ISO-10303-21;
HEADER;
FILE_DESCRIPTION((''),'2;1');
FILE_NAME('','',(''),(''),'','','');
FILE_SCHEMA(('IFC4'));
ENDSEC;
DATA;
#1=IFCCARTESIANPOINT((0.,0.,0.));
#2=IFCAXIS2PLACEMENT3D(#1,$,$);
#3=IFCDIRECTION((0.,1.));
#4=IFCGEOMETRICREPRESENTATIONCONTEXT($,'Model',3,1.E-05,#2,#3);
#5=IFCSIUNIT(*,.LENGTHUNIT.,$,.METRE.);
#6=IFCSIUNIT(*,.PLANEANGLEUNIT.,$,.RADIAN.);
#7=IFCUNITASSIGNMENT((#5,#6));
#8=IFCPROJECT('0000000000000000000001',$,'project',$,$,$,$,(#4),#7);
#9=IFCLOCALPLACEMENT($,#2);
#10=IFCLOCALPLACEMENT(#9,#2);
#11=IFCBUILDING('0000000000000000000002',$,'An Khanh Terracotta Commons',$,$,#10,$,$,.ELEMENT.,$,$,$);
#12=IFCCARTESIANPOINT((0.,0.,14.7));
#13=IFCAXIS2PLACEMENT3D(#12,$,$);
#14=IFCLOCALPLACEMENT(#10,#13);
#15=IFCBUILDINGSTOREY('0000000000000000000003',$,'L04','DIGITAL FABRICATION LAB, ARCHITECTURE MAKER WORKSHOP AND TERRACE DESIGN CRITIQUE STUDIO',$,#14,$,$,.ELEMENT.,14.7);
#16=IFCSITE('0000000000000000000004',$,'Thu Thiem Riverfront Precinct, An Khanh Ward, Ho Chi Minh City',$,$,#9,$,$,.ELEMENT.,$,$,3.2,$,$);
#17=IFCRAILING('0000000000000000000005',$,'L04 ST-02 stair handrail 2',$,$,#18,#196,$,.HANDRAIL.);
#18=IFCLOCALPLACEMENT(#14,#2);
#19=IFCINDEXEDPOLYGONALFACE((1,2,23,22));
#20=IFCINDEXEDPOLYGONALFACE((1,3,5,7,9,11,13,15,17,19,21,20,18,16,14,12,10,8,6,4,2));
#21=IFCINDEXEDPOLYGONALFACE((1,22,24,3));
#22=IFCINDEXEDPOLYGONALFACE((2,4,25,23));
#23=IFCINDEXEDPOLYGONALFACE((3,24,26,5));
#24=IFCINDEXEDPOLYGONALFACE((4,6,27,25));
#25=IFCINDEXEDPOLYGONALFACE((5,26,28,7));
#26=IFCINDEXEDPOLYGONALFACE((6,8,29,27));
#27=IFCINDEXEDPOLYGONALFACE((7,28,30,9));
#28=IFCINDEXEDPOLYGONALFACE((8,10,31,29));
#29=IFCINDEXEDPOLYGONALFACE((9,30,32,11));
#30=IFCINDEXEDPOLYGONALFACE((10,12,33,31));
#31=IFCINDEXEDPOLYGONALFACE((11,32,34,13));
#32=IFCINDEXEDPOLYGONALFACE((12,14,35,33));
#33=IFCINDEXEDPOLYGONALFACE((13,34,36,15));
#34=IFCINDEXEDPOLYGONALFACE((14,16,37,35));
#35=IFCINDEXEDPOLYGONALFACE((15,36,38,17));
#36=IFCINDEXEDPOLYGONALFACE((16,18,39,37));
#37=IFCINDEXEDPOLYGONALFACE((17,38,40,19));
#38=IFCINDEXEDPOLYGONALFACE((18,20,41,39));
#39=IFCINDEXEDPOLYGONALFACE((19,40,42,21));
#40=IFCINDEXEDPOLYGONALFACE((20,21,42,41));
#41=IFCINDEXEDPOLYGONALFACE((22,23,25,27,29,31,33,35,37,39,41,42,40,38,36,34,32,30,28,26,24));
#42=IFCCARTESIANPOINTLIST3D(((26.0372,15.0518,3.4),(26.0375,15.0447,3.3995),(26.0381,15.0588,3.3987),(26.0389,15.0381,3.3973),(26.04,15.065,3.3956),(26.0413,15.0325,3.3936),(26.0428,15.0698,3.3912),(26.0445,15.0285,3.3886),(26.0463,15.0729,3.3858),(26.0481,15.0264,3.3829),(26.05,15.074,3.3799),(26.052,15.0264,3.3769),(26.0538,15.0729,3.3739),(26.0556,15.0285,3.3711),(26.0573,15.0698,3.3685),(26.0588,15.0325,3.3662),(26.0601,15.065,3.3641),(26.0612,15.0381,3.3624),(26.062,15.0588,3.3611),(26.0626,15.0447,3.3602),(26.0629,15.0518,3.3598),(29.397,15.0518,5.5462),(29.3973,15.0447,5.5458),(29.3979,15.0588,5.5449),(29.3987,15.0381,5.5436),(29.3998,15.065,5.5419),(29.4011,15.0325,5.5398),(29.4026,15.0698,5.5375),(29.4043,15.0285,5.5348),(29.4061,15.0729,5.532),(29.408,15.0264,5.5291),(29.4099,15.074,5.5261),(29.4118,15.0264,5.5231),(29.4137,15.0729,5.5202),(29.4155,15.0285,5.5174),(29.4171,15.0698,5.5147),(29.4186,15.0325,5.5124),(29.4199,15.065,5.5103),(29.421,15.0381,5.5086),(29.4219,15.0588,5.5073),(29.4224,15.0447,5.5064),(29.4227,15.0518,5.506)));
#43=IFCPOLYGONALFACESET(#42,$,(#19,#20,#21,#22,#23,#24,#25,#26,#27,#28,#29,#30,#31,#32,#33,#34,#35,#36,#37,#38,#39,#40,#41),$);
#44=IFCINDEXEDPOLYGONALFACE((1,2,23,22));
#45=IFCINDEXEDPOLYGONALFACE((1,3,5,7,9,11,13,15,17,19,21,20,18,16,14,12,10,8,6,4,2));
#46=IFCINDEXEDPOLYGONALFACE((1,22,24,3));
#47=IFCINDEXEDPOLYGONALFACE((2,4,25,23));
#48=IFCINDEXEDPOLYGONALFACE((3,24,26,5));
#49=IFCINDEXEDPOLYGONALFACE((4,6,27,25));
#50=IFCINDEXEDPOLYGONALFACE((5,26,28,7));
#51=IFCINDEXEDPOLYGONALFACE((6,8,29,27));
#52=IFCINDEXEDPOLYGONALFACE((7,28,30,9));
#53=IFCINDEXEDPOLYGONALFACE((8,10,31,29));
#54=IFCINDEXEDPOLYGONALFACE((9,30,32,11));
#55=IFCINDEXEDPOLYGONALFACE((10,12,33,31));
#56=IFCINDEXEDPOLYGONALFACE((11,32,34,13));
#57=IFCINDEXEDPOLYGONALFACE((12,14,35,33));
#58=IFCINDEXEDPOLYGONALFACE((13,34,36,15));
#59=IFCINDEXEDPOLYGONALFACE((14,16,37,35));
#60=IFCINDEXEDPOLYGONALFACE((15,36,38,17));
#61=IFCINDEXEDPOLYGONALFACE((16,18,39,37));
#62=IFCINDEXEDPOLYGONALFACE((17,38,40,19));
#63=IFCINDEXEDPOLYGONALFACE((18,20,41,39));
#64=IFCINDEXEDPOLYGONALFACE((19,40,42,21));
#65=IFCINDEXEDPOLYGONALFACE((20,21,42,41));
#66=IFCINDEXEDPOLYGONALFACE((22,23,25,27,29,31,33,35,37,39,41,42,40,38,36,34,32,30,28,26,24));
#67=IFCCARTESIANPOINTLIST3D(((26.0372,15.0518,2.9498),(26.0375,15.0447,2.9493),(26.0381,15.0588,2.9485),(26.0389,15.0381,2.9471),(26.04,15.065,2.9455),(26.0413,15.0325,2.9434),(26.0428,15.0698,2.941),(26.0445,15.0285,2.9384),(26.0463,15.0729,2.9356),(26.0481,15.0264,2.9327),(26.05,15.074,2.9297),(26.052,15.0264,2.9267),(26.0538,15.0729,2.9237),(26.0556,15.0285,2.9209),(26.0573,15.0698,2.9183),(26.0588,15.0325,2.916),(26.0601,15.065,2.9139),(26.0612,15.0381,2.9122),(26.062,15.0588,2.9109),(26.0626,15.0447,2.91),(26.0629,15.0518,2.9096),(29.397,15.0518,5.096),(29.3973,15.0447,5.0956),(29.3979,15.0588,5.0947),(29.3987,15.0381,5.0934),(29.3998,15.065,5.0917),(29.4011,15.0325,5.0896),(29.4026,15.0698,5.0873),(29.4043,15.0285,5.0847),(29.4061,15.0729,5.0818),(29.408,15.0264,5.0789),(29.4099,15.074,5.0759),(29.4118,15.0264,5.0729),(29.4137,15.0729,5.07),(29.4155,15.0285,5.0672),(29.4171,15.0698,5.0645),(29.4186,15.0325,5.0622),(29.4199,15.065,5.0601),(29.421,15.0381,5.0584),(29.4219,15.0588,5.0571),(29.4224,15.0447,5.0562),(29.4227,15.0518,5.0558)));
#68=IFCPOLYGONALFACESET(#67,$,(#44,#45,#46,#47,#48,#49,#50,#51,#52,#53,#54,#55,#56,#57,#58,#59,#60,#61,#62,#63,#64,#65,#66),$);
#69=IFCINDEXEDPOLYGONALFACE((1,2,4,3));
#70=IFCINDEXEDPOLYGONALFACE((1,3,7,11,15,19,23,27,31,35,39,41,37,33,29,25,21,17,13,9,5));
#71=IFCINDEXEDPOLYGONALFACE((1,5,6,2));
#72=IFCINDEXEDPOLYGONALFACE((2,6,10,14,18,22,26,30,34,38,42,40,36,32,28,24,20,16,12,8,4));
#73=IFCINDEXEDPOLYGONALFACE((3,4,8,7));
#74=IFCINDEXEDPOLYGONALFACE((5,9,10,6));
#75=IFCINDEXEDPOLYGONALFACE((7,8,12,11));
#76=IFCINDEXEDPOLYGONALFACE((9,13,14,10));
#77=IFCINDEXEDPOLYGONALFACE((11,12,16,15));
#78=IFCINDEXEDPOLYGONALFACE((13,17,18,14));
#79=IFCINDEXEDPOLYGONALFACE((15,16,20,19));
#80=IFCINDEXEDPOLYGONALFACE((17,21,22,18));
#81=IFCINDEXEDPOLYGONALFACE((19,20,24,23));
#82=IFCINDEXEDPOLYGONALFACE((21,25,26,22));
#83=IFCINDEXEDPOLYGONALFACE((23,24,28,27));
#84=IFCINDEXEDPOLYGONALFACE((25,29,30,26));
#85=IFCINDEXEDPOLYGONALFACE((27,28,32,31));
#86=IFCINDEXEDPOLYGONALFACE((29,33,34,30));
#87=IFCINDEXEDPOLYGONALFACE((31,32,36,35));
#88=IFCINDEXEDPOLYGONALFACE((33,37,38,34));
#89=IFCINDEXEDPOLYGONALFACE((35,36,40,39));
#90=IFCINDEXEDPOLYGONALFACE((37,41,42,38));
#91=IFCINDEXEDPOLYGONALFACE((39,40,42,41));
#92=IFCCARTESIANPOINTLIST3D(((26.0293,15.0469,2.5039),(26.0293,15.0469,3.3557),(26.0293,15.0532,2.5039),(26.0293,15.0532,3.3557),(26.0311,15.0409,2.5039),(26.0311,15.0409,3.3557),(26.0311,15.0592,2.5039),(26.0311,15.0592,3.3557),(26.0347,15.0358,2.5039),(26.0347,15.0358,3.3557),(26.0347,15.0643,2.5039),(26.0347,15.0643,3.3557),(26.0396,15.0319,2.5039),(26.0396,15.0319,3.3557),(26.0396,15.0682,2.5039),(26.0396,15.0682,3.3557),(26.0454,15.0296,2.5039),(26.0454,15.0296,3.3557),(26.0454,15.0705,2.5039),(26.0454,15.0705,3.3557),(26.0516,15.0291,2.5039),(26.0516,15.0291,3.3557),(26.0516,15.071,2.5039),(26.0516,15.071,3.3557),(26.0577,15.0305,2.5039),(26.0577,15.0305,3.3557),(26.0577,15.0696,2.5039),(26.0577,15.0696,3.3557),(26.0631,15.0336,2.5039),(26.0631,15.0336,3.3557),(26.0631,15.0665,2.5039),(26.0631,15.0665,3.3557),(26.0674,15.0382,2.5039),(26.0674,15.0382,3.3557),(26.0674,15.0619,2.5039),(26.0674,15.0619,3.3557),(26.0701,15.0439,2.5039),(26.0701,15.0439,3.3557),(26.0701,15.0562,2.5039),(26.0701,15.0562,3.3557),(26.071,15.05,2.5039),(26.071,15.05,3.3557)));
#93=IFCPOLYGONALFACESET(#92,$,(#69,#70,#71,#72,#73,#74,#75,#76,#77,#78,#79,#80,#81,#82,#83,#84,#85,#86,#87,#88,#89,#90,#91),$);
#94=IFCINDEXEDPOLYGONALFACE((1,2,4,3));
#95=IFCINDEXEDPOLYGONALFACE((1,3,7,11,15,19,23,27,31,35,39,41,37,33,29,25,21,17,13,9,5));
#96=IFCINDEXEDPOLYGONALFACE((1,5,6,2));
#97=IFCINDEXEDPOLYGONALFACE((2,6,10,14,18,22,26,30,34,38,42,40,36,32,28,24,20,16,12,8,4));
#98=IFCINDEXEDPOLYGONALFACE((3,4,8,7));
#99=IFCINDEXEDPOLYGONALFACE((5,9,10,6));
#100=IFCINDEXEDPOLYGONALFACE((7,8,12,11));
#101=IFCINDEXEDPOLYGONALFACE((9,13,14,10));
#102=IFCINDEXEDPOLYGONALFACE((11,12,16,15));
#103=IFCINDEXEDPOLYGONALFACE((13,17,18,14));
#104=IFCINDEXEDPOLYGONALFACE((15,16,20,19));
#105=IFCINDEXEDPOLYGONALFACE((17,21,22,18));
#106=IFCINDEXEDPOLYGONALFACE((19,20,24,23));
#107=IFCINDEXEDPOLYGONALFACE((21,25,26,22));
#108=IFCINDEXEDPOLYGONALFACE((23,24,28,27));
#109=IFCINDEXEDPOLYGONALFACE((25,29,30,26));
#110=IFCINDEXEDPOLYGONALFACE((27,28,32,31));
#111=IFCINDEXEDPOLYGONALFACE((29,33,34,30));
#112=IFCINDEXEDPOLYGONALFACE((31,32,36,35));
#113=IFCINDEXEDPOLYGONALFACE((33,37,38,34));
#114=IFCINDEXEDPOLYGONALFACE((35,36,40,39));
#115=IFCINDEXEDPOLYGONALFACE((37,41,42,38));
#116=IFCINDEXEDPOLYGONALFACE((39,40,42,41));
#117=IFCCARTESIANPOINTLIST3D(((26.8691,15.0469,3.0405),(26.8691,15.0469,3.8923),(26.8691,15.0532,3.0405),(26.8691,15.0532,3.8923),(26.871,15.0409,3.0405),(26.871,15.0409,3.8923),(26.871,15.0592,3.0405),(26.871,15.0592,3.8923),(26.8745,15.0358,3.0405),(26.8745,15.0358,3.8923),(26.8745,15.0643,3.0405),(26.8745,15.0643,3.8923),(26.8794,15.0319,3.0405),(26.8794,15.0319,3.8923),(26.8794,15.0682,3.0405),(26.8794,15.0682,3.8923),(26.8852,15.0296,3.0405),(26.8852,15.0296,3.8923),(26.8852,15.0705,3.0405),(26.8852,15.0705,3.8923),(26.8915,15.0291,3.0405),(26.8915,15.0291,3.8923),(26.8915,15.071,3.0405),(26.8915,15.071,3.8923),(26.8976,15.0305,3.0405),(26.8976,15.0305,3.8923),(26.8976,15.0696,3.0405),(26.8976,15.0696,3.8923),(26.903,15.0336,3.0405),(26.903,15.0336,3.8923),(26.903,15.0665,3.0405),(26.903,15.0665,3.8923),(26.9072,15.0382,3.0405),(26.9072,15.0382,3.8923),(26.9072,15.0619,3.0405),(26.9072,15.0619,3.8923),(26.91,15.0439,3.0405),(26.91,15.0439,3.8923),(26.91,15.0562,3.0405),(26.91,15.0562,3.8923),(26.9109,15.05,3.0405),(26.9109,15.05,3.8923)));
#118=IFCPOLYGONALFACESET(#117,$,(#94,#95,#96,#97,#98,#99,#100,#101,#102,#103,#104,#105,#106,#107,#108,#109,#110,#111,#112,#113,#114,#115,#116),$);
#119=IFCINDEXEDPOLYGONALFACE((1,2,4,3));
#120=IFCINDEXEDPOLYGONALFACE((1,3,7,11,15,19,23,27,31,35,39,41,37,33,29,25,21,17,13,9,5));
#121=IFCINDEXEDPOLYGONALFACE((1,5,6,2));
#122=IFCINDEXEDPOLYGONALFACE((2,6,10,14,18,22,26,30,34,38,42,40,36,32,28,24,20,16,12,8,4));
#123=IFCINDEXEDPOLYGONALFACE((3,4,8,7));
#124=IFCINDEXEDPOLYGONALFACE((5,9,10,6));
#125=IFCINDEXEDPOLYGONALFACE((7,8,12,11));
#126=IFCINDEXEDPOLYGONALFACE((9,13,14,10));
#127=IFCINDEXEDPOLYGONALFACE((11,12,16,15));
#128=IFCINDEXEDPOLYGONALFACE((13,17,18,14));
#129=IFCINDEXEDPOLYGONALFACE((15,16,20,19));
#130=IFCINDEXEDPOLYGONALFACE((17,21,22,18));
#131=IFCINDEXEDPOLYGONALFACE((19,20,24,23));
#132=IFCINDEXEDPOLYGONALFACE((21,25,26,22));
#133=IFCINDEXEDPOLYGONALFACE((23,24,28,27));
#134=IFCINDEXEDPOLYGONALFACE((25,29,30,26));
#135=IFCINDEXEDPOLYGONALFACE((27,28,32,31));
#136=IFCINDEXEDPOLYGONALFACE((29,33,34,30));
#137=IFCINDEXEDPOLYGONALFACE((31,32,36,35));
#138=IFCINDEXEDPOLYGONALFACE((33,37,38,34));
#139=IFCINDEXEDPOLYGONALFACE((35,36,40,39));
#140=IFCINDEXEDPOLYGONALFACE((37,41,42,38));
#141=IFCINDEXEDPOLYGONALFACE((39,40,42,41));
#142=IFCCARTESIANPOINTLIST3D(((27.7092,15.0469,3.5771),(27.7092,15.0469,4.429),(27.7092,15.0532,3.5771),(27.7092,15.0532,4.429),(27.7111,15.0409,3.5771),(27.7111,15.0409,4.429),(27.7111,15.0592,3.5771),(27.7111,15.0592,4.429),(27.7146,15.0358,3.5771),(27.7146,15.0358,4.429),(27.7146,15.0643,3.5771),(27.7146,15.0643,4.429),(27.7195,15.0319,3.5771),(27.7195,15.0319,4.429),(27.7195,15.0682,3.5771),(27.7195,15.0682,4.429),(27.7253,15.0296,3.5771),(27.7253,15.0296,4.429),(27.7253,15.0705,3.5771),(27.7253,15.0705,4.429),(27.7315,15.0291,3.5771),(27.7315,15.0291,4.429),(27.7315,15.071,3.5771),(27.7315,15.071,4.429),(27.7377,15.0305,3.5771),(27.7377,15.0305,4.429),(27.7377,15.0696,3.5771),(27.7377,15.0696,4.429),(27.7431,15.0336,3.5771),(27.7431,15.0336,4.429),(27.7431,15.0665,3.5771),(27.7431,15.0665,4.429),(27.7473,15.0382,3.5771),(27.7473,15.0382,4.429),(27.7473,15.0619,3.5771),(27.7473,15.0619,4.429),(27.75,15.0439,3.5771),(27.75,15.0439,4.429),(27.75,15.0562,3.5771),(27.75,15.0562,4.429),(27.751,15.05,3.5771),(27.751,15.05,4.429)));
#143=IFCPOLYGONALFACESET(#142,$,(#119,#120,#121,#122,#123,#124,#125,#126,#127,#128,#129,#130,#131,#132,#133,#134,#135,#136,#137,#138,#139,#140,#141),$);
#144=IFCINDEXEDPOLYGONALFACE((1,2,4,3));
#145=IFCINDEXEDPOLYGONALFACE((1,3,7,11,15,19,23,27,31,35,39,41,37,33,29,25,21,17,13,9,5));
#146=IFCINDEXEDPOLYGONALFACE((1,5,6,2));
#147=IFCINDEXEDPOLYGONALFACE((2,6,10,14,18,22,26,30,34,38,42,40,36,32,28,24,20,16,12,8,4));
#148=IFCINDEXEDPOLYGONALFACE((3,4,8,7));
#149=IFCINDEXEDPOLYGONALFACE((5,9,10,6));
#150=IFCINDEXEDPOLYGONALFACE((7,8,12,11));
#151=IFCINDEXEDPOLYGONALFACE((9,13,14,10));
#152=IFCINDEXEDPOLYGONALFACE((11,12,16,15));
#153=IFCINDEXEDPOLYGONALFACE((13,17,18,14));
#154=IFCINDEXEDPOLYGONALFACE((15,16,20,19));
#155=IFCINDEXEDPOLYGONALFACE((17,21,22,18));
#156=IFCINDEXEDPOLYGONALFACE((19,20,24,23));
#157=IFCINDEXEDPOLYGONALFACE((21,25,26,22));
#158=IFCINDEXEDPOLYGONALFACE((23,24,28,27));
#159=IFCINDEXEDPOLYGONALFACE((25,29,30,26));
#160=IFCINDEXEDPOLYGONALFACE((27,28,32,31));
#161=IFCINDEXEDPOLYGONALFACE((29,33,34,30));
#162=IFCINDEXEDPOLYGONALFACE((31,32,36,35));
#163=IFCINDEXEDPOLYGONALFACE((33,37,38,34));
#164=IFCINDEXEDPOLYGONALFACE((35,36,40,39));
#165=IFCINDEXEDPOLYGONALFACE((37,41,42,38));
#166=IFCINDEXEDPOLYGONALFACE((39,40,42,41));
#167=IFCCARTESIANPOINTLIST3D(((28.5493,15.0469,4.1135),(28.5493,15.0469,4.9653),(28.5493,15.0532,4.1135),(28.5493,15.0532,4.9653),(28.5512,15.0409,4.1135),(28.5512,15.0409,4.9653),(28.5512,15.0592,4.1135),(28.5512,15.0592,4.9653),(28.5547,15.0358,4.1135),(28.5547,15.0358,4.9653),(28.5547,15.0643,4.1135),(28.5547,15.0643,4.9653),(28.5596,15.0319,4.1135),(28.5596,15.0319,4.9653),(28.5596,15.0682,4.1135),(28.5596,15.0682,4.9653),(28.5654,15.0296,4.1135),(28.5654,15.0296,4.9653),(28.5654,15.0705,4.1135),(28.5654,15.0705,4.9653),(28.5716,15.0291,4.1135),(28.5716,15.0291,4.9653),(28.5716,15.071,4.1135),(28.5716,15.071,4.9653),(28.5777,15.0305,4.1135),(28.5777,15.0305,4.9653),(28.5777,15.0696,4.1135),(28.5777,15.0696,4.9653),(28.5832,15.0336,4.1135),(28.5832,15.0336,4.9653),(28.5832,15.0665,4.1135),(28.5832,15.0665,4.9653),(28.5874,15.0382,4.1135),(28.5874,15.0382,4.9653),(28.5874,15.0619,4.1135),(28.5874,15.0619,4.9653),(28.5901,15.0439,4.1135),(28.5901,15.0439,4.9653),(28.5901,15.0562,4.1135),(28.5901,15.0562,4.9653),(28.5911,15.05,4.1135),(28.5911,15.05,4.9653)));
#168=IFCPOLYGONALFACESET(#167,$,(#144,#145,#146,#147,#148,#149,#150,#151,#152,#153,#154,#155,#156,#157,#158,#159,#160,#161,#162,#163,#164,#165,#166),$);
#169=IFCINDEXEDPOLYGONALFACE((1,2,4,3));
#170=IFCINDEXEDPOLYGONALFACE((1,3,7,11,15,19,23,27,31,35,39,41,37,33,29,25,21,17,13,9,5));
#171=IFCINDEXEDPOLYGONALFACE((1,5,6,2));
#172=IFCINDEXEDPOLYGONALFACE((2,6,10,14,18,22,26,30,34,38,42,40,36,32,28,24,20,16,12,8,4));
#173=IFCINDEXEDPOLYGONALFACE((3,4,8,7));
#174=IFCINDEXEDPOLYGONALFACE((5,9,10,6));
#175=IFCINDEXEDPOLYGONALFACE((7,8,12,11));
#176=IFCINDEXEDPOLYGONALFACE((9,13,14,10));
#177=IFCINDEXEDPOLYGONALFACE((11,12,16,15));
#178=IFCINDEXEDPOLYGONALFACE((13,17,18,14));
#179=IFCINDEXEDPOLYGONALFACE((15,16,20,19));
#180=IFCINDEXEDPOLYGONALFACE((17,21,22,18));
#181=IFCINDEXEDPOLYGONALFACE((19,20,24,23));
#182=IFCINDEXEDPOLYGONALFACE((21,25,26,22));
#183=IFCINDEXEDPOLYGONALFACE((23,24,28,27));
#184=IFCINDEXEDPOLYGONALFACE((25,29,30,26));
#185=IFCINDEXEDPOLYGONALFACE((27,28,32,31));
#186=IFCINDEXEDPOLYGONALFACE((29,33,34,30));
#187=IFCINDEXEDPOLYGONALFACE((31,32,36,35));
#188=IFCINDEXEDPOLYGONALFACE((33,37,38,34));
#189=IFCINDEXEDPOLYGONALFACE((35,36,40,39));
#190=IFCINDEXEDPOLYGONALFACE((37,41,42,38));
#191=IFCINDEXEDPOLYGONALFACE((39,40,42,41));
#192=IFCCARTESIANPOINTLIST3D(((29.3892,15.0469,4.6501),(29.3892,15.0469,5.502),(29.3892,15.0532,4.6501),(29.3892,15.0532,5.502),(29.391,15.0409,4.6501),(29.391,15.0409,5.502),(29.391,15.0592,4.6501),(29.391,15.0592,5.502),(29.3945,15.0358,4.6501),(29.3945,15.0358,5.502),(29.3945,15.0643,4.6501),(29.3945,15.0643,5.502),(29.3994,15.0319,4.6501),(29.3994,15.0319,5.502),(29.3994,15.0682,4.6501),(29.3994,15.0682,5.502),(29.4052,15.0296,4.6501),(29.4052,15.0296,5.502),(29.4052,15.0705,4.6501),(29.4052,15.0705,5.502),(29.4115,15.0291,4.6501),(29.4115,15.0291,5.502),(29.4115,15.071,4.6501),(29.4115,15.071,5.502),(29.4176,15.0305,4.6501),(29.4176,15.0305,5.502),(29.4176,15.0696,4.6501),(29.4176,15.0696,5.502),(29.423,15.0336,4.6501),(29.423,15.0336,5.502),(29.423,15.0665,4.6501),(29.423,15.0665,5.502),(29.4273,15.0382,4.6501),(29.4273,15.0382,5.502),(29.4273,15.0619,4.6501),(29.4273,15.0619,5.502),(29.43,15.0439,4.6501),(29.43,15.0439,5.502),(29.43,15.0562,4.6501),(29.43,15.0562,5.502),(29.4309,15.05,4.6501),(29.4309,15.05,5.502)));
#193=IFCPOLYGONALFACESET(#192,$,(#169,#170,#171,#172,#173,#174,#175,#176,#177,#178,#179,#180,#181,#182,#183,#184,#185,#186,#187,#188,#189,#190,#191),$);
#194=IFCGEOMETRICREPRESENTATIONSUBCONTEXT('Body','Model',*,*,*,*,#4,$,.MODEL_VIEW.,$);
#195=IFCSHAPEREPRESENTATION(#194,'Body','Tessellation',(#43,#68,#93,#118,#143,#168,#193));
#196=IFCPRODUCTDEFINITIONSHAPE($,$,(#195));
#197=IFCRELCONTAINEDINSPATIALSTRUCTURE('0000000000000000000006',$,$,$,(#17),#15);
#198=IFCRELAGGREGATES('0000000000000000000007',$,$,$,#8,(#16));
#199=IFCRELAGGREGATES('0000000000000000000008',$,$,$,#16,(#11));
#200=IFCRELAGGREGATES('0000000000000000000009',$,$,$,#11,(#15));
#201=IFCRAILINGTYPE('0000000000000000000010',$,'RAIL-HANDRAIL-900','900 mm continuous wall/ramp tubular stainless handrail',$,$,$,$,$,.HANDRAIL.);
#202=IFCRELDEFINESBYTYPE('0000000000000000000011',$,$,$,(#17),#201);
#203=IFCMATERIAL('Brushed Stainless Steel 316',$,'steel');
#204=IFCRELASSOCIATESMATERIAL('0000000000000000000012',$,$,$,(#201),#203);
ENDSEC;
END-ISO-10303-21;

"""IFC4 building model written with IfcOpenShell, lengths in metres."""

from ifc_helpers import new_model, si_unit, direction, frame, origin, origin_2d, place, context, subcontext, project, spatial, circle, extrude, material, type_object, element, save


model = new_model("IFC4")

# Units and contexts
model_context = context("Model", 3, precision=1e-05, world=origin(), true_north=direction((0.0, 1.0)))
body_context = subcontext(model_context, "Body", "Model", "MODEL_VIEW")
ifc_project = project(units=[si_unit("LENGTHUNIT", "METRE"), si_unit("PLANEANGLEUNIT", "RADIAN")], contexts=[model_context])

# Site, building, storey
site_placement = place(None, origin())
site = spatial("IfcSite", under=ifc_project, at=site_placement, Name="Thu Thiem Riverfront Precinct, An Khanh Ward, Ho Chi Minh City", CompositionType="ELEMENT", RefElevation=3.2)
building_placement = place(site_placement, origin())
building = spatial("IfcBuilding", under=site, at=building_placement, Name="An Khanh Terracotta Commons", CompositionType="ELEMENT")
storey_placement = place(building_placement, frame((0.0, 0.0, 14.7)))
storey = spatial("IfcBuildingStorey", under=building, at=storey_placement, Name="L04", Description="DIGITAL FABRICATION LAB, ARCHITECTURE MAKER WORKSHOP AND TERRACE DESIGN CRITIQUE STUDIO", CompositionType="ELEMENT", Elevation=14.7)

# Railing
ifc_material_1 = material(Name="Brushed Stainless Steel 316", Category="steel")
railing_type_1 = type_object("IfcRailingType", Name="RAIL-HANDRAIL-900", Description="900 mm continuous wall/ramp tubular stainless handrail", PredefinedType="HANDRAIL", material=ifc_material_1)
railing_1_placement = place(storey_placement, frame((26.05, 15.05, 2.5039)))
element("IfcRailing", 1, at=railing_1_placement, inside=storey, type_object=railing_type_1, Name="L04 ST-02 stair handrail 2", PredefinedType="HANDRAIL", context=body_context, shape_type="SweptSolid", body=[
    extrude(circle(Radius=0.0239, at=origin_2d()), frame((0.0, 0.0, 0.876), z_axis=(0.842735, 0.0, 0.538329), x_axis=(0.0, 1.0, 0.0)), (0.0, 0.0, 1.0), 3.9868),
    extrude(circle(Radius=0.0239, at=origin_2d()), frame((0.0, 0.0, 0.4258), z_axis=(0.842735, 0.0, 0.538329), x_axis=(0.0, 1.0, 0.0)), (0.0, 0.0, 1.0), 3.9868),
    extrude(circle(Radius=0.021, at=origin_2d()), origin(), (0.0, 0.0, 1.0), 0.8518),
    extrude(circle(Radius=0.021, at=origin_2d()), frame((0.8398, 0.0, 0.5366)), (0.0, 0.0, 1.0), 0.8518),
    extrude(circle(Radius=0.021, at=origin_2d()), frame((1.6799, 0.0, 1.0732)), (0.0, 0.0, 1.0), 0.8518),
    extrude(circle(Radius=0.021, at=origin_2d()), frame((2.52, 0.0, 1.6096)), (0.0, 0.0, 1.0), 0.8518),
    extrude(circle(Radius=0.021, at=origin_2d()), frame((3.3599, 0.0, 2.1462)), (0.0, 0.0, 1.0), 0.8518),
])

save(model, "model.ifc")
